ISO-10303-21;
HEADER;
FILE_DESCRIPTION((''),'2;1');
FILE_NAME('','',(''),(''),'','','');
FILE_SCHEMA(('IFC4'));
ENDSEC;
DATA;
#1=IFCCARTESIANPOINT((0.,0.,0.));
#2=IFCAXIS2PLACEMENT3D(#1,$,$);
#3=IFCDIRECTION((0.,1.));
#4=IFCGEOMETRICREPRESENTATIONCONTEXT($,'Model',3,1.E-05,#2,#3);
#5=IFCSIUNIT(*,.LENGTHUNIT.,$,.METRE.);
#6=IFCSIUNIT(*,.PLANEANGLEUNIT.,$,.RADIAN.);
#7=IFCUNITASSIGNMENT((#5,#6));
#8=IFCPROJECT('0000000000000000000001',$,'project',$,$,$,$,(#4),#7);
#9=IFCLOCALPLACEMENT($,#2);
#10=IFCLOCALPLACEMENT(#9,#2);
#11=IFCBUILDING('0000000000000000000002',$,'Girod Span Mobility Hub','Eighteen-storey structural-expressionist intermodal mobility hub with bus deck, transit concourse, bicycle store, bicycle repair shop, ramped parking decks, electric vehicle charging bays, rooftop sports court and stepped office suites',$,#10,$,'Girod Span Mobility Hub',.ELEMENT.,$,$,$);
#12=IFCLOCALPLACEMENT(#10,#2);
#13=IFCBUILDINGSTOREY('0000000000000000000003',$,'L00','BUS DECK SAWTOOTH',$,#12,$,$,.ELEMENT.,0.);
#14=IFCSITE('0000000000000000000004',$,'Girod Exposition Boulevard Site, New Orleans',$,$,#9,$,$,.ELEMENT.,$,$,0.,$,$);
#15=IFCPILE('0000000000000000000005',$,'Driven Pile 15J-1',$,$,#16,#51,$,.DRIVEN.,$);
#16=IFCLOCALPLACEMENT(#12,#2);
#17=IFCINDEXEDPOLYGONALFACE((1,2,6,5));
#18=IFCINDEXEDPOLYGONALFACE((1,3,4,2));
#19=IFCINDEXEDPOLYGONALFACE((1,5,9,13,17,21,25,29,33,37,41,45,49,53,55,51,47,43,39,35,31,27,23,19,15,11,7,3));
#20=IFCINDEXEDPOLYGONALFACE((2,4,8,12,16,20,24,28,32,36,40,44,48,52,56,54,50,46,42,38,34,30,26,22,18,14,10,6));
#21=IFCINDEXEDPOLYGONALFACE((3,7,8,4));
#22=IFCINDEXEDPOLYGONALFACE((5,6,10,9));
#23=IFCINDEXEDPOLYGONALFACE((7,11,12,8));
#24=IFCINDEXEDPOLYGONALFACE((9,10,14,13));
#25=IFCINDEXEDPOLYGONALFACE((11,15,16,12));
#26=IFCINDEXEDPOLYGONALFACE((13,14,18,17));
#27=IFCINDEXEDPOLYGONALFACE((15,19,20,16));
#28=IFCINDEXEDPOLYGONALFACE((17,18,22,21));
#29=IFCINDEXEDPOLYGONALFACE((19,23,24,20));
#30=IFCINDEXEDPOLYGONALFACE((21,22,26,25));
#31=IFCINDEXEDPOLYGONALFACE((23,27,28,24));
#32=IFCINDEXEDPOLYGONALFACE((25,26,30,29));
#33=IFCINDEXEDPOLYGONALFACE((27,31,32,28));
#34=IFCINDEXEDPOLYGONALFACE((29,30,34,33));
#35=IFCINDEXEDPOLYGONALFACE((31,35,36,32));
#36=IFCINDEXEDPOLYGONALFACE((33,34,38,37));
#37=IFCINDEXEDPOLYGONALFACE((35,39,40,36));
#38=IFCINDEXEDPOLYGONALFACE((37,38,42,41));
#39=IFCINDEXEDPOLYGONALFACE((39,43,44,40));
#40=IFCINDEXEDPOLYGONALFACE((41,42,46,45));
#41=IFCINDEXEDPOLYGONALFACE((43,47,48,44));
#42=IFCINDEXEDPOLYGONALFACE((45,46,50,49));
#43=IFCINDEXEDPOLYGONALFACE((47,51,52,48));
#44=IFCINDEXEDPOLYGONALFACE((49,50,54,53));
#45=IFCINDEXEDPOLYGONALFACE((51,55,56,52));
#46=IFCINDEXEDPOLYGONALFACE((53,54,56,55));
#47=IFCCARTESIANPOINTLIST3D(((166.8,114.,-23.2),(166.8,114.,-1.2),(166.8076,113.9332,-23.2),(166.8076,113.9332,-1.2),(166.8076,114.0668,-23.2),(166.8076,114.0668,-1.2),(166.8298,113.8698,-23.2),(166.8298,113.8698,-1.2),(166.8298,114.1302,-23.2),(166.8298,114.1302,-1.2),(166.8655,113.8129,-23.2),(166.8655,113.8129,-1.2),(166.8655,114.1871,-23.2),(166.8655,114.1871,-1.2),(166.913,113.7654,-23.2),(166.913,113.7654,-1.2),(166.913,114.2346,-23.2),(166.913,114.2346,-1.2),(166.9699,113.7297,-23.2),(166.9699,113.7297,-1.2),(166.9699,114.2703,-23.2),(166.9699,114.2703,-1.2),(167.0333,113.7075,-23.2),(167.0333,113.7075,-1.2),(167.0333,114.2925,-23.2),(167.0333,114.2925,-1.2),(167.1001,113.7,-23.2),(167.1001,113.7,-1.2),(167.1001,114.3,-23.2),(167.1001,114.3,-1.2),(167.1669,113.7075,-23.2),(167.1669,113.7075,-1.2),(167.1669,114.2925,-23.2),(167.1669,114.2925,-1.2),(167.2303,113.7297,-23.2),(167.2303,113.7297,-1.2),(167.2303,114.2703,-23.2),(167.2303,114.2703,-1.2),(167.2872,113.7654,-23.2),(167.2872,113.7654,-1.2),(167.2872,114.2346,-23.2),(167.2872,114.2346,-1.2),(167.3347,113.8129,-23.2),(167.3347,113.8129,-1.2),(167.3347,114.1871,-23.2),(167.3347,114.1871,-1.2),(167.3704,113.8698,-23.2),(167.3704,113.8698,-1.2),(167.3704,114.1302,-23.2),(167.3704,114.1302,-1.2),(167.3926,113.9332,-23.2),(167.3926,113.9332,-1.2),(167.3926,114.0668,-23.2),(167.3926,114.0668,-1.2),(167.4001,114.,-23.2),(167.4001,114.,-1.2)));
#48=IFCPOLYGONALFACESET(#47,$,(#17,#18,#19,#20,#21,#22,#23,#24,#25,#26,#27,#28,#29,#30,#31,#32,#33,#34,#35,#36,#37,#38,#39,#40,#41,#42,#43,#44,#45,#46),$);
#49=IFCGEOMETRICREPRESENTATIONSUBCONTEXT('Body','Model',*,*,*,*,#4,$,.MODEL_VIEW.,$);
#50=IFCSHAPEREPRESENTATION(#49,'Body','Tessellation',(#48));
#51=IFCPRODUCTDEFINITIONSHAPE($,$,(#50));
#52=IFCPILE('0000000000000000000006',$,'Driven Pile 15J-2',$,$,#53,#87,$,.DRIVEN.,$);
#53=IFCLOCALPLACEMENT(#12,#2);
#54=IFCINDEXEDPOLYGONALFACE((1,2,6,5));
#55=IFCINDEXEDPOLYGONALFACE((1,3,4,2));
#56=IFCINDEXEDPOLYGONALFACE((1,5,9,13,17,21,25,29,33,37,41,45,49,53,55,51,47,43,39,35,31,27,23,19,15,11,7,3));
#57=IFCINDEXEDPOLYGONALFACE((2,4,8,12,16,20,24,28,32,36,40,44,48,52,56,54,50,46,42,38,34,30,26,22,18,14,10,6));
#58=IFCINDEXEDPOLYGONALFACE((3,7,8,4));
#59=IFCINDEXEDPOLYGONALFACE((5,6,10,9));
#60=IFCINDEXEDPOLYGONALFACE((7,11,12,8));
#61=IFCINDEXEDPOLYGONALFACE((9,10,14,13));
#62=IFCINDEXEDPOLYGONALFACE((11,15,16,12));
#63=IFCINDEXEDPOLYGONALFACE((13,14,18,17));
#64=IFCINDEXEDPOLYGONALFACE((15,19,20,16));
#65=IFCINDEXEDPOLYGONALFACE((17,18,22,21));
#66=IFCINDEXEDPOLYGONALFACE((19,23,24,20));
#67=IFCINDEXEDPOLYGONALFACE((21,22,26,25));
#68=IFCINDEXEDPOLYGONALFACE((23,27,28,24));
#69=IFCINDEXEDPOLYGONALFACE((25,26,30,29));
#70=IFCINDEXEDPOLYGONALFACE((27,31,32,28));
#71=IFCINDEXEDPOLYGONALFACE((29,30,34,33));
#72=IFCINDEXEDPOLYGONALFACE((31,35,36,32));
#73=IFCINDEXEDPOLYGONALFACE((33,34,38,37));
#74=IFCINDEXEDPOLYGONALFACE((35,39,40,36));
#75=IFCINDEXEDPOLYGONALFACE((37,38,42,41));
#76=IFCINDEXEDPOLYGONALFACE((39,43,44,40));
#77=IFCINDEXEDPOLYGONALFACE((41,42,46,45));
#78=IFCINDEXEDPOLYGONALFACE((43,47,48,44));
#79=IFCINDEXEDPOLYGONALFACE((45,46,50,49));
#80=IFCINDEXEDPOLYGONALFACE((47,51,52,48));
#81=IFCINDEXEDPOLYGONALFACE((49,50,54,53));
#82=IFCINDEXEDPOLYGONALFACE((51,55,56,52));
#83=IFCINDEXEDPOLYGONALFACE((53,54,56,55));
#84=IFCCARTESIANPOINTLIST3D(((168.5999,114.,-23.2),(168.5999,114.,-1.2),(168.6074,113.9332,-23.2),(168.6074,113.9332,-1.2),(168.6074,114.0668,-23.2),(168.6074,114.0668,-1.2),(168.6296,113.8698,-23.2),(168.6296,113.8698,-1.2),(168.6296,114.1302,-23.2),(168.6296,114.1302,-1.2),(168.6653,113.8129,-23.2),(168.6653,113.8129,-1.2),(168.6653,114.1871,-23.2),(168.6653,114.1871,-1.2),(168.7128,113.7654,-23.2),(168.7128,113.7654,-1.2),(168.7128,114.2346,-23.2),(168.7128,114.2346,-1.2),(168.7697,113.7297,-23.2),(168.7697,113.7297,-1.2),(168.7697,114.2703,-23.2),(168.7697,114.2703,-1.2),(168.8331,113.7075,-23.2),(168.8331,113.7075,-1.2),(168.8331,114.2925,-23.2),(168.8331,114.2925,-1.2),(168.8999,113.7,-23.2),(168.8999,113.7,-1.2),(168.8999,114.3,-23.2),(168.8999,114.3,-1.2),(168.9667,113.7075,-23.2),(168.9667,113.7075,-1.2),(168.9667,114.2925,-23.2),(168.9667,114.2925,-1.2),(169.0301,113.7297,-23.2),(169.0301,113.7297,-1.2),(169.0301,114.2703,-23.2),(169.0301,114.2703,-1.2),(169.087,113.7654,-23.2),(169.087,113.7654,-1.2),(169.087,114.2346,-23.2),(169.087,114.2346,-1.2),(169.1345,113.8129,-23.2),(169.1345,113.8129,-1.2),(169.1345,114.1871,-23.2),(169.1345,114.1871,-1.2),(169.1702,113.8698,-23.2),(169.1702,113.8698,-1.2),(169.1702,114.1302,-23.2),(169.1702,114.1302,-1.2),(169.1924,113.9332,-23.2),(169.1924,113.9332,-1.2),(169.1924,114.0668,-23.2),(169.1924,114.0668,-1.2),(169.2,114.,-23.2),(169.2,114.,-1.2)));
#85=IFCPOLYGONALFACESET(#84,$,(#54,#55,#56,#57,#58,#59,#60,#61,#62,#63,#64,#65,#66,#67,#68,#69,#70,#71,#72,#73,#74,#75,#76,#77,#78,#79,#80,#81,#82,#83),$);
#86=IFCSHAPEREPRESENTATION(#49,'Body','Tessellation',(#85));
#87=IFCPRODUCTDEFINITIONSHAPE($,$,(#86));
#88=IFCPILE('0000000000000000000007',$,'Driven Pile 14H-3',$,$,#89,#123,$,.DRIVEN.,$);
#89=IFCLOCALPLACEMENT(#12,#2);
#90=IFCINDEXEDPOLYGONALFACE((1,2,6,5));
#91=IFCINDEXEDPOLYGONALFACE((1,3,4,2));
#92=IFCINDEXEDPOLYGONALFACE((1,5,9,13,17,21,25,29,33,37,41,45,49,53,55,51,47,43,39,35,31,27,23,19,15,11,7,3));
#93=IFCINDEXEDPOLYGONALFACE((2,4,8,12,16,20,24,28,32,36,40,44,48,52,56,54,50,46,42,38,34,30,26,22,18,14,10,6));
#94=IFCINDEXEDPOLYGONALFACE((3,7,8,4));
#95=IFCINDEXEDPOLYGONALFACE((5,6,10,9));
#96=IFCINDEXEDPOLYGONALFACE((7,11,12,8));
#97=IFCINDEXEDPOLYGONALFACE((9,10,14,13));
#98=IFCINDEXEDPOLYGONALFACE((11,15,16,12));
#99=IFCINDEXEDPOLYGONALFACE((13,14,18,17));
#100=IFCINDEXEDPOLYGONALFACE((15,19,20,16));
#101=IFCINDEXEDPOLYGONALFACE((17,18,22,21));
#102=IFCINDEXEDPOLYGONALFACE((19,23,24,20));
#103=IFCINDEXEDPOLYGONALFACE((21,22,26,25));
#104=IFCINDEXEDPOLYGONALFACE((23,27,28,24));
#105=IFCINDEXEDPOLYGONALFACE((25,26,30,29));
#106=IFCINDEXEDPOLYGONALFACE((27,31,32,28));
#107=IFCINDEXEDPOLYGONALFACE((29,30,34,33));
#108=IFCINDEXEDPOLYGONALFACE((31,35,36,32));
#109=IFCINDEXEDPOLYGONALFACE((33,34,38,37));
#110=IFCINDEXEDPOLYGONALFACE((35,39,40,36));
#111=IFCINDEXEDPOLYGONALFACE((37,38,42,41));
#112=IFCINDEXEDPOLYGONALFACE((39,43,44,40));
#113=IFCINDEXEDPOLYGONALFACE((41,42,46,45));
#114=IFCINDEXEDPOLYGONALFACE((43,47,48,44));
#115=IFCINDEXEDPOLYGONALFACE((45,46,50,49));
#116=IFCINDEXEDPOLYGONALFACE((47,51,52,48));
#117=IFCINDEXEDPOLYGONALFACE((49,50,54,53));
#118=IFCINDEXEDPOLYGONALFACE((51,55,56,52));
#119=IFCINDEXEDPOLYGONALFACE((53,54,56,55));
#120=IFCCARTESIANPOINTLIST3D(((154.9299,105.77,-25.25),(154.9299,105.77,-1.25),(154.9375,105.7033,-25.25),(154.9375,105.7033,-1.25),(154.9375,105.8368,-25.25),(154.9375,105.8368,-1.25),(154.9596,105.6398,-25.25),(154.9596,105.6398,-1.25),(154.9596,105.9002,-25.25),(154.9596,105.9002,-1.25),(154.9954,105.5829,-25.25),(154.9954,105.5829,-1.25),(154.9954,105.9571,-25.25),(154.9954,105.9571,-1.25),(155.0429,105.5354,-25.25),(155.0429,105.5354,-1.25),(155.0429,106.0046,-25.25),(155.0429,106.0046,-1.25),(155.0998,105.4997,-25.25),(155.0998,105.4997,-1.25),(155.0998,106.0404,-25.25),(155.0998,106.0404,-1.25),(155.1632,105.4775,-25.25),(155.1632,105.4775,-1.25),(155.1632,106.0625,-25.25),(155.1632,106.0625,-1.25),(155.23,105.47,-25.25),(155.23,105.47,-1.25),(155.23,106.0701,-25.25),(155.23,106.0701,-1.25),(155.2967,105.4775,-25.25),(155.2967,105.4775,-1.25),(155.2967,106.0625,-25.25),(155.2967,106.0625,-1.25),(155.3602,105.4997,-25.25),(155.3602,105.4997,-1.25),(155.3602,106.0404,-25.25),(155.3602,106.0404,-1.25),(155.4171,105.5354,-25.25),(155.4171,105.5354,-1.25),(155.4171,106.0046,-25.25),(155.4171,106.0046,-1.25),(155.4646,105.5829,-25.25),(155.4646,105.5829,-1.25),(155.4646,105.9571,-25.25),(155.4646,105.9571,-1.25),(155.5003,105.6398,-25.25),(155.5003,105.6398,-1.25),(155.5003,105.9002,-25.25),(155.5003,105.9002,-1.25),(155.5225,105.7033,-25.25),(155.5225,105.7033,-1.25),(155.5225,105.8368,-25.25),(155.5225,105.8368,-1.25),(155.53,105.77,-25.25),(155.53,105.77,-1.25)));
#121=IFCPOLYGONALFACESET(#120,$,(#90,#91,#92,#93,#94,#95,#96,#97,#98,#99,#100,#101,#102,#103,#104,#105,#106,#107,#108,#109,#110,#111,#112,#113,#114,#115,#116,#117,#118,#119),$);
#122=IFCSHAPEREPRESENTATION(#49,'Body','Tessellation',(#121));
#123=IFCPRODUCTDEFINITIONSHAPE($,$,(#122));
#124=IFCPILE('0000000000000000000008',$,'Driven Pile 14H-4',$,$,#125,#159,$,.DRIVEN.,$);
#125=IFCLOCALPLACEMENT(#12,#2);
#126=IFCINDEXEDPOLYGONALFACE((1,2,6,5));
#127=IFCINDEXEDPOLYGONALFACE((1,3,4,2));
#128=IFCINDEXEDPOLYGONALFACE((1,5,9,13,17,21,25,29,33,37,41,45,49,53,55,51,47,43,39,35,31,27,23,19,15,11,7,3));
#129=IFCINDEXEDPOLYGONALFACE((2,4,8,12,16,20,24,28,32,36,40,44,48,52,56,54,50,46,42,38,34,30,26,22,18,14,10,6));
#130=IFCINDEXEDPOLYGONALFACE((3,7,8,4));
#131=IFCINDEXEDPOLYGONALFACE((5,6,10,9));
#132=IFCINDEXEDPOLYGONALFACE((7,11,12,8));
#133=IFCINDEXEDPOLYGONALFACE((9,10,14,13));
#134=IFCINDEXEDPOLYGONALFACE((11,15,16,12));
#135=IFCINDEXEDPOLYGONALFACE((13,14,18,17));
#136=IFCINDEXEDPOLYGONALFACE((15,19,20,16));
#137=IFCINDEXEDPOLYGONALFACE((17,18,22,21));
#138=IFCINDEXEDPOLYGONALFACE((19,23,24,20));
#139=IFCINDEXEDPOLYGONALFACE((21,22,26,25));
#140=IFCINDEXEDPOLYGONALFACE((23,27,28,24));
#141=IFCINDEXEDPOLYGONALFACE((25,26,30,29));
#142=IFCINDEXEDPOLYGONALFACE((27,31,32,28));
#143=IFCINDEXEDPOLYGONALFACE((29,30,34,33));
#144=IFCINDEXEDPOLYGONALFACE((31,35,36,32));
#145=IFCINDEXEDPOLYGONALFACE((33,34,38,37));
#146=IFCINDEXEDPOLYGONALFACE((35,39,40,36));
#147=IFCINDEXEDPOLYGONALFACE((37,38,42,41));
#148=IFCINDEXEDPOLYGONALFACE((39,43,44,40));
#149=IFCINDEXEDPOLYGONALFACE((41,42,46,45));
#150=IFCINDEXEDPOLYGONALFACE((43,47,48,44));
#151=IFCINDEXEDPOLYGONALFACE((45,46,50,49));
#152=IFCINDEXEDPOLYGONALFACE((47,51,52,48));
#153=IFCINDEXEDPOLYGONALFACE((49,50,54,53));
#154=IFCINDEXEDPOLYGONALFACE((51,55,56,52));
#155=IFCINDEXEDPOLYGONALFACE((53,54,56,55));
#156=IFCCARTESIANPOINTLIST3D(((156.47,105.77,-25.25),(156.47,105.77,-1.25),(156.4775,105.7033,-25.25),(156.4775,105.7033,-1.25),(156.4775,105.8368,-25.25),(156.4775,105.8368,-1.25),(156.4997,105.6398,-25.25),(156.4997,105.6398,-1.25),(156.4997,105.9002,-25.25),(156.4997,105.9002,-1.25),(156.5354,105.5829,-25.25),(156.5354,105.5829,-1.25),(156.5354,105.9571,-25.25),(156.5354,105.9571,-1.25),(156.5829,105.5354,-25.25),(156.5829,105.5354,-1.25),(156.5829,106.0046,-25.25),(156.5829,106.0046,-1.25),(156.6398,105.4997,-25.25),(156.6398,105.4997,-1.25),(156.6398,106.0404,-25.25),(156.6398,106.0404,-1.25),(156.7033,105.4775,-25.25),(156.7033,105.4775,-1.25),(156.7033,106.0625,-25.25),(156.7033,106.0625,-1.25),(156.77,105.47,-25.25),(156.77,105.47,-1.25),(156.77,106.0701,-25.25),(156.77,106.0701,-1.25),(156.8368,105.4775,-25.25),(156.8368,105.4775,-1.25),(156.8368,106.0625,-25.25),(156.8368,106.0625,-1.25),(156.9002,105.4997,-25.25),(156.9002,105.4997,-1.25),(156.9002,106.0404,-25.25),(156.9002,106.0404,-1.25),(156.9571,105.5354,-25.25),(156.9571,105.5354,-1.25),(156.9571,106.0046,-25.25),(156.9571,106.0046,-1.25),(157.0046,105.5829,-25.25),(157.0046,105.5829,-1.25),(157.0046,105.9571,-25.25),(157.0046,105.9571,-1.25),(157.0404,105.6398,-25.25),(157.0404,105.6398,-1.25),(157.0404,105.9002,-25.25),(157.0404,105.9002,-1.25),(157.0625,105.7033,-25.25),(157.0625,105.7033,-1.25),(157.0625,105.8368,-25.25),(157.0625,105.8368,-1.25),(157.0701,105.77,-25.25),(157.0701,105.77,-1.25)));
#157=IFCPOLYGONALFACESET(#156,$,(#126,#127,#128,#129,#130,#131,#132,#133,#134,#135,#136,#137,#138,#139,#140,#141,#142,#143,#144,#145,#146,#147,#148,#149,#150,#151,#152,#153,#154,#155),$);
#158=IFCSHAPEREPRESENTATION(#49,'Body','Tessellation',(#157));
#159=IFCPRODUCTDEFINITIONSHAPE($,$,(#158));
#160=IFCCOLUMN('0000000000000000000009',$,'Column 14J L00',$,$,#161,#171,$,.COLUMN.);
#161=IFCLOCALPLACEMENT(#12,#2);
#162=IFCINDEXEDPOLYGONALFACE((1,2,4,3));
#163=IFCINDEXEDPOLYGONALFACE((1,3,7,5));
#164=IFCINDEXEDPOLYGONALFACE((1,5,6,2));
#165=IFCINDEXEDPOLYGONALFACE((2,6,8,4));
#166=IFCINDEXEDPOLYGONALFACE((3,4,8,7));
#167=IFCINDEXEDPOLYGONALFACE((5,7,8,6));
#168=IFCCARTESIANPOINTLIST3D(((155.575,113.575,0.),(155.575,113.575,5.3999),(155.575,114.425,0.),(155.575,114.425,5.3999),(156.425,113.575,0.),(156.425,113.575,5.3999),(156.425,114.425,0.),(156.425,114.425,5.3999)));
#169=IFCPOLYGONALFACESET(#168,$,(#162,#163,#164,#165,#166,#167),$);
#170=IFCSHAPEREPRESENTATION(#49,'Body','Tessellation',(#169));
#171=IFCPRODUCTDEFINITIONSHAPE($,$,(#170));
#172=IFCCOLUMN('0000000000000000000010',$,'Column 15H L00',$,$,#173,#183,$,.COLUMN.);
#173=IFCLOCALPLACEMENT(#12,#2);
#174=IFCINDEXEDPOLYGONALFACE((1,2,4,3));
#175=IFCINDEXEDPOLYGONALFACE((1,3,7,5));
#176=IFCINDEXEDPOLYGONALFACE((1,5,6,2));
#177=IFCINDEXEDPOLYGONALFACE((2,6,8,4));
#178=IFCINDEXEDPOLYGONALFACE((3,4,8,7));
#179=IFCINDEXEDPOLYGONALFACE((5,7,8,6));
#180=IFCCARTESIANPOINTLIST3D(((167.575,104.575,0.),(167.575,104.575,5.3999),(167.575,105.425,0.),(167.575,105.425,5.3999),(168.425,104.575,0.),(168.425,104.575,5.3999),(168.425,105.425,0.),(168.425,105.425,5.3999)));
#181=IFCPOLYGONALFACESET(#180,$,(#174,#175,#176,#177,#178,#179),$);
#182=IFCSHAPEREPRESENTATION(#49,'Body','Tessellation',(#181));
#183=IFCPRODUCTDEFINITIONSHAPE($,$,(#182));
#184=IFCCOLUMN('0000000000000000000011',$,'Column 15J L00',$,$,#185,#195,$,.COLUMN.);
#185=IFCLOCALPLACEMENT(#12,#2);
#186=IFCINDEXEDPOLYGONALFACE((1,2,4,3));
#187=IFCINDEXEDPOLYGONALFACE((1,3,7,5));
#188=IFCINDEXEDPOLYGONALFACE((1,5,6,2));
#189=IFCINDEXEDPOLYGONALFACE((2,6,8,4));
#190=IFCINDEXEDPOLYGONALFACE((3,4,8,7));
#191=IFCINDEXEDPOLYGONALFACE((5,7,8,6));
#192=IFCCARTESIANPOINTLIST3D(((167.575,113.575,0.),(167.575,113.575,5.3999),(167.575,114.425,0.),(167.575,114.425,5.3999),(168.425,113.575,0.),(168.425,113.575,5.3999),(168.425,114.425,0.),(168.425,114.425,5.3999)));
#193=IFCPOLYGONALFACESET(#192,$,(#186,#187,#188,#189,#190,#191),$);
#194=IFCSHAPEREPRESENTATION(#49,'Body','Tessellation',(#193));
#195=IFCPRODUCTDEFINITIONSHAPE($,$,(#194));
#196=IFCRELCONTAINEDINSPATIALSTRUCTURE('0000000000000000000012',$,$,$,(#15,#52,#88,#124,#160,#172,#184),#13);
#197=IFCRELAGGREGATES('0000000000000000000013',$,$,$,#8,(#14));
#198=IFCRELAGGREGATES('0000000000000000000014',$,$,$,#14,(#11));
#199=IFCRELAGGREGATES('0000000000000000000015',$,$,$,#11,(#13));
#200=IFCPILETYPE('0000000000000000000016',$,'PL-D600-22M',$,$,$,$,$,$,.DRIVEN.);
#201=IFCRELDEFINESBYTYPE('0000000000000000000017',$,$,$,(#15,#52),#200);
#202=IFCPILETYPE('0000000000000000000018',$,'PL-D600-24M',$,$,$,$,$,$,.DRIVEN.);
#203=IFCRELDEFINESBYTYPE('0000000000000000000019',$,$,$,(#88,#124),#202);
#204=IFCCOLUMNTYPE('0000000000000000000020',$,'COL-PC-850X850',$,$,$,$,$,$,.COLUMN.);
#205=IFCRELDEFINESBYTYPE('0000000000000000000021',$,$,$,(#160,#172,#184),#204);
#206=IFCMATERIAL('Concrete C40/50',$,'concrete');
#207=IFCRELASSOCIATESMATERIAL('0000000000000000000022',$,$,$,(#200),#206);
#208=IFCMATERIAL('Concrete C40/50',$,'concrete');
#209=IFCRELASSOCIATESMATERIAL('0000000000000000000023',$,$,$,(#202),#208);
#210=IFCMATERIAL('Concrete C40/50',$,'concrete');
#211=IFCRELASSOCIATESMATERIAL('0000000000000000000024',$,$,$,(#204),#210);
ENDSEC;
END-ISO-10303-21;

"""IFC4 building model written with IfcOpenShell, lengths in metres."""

from ifc_helpers import new_model, si_unit, direction, frame, origin, origin_2d, place, context, subcontext, project, spatial, rectangle, circle, extrude, material, material_profile, profile_set, type_object, element, save


model = new_model("IFC4")

# Units and contexts
model_context = context("Model", 3, precision=1e-05, world=origin(), true_north=direction((0.0, 1.0)))
body_context = subcontext(model_context, "Body", "Model", "MODEL_VIEW")
ifc_project = project(units=[si_unit("LENGTHUNIT", "METRE"), si_unit("PLANEANGLEUNIT", "RADIAN")], contexts=[model_context])

# Site, building, storey
site_placement = place(None, origin())
site = spatial("IfcSite", under=ifc_project, at=site_placement, Name="Girod Exposition Boulevard Site, New Orleans", CompositionType="ELEMENT", RefElevation=0.0)
building_placement = place(site_placement, origin())
building = spatial("IfcBuilding", under=site, at=building_placement, Name="Girod Span Mobility Hub", Description="Eighteen-storey structural-expressionist intermodal mobility hub with bus deck, transit concourse, bicycle store, bicycle repair shop, ramped parking decks, electric vehicle charging bays, rooftop sports court and stepped office suites", LongName="Girod Span Mobility Hub", CompositionType="ELEMENT")
storey_placement = place(building_placement, origin())
storey = spatial("IfcBuildingStorey", under=building, at=storey_placement, Name="L00", Description="BUS DECK SAWTOOTH", CompositionType="ELEMENT", Elevation=0.0)

# Piles
ifc_material_1 = material(Name="Concrete C40/50", Category="concrete")
ifc_material_profile_1 = material_profile(ifc_material_1, circle(Radius=0.3, at=origin_2d()), Name="PILE-D600")
ifc_profile_set_1 = profile_set([ifc_material_profile_1], Name="Concrete C40/50")
pile_type_1 = type_object("IfcPileType", Name="PL-D600-22M", PredefinedType="DRIVEN", material=ifc_profile_set_1)
for number, where, z_axis, x_axis, name in (
    (1, (167.1001, 114.0, -1.2), (0.0, 0.0, -1.0), (1.0, 0.0, 0.0), "Driven Pile 15J-1"),
    (2, (168.8999, 114.0, -1.2), (0.0, 0.0, -1.0), (1.0, 0.0, 0.0), "Driven Pile 15J-2"),
):
    element("IfcPile", number, at=place(storey_placement, frame(where, z_axis=z_axis, x_axis=x_axis)), inside=storey, type_object=pile_type_1, Name=name, PredefinedType="DRIVEN", context=body_context, shape_type="SweptSolid", body=[
        extrude(circle(Radius=0.3, at=origin_2d()), origin(), (0.0, 0.0, 1.0), 22.0),
    ])
ifc_material_2 = material(Name="Concrete C40/50", Category="concrete")
ifc_material_profile_2 = material_profile(ifc_material_2, circle(Radius=0.3, at=origin_2d()), Name="PILE-D600")
ifc_profile_set_2 = profile_set([ifc_material_profile_2], Name="Concrete C40/50")
pile_type_2 = type_object("IfcPileType", Name="PL-D600-24M", PredefinedType="DRIVEN", material=ifc_profile_set_2)
for number, where, z_axis, x_axis, name in (
    (3, (155.23, 105.77, -1.25), (0.0, 0.0, -1.0), (1.0, 0.0, 0.0), "Driven Pile 14H-3"),
    (4, (156.77, 105.77, -1.25), (0.0, 0.0, -1.0), (1.0, 0.0, 0.0), "Driven Pile 14H-4"),
):
    element("IfcPile", number, at=place(storey_placement, frame(where, z_axis=z_axis, x_axis=x_axis)), inside=storey, type_object=pile_type_2, Name=name, PredefinedType="DRIVEN", context=body_context, shape_type="SweptSolid", body=[
        extrude(circle(Radius=0.3, at=origin_2d()), origin(), (0.0, 0.0, 1.0), 24.0),
    ])

# Columns
ifc_material_3 = material(Name="Concrete C40/50", Category="concrete")
ifc_material_profile_3 = material_profile(ifc_material_3, rectangle(XDim=0.8501, YDim=0.8501, at=origin_2d()), Name="PC-COL-850X850")
ifc_profile_set_3 = profile_set([ifc_material_profile_3], Name="Concrete C40/50")
column_type = type_object("IfcColumnType", Name="COL-PC-850X850", PredefinedType="COLUMN", material=ifc_profile_set_3)
for number, where, z_axis, x_axis, name in (
    (5, (156.0, 114.0, 0.0), (0.0, 0.0, 1.0), (1.0, 0.0, 0.0), "Column 14J L00"),
    (6, (168.0, 105.0, 0.0), (0.0, 0.0, 1.0), (1.0, 0.0, 0.0), "Column 15H L00"),
    (7, (168.0, 114.0, 0.0), (0.0, 0.0, 1.0), (1.0, 0.0, 0.0), "Column 15J L00"),
):
    element("IfcColumn", number, at=place(storey_placement, frame(where, z_axis=z_axis, x_axis=x_axis)), inside=storey, type_object=column_type, Name=name, PredefinedType="COLUMN", context=body_context, shape_type="SweptSolid", body=[
        extrude(rectangle(XDim=0.8501, YDim=0.8501, at=origin_2d()), origin(), (0.0, 0.0, 1.0), 5.3999),
    ])

save(model, "model.ifc")
